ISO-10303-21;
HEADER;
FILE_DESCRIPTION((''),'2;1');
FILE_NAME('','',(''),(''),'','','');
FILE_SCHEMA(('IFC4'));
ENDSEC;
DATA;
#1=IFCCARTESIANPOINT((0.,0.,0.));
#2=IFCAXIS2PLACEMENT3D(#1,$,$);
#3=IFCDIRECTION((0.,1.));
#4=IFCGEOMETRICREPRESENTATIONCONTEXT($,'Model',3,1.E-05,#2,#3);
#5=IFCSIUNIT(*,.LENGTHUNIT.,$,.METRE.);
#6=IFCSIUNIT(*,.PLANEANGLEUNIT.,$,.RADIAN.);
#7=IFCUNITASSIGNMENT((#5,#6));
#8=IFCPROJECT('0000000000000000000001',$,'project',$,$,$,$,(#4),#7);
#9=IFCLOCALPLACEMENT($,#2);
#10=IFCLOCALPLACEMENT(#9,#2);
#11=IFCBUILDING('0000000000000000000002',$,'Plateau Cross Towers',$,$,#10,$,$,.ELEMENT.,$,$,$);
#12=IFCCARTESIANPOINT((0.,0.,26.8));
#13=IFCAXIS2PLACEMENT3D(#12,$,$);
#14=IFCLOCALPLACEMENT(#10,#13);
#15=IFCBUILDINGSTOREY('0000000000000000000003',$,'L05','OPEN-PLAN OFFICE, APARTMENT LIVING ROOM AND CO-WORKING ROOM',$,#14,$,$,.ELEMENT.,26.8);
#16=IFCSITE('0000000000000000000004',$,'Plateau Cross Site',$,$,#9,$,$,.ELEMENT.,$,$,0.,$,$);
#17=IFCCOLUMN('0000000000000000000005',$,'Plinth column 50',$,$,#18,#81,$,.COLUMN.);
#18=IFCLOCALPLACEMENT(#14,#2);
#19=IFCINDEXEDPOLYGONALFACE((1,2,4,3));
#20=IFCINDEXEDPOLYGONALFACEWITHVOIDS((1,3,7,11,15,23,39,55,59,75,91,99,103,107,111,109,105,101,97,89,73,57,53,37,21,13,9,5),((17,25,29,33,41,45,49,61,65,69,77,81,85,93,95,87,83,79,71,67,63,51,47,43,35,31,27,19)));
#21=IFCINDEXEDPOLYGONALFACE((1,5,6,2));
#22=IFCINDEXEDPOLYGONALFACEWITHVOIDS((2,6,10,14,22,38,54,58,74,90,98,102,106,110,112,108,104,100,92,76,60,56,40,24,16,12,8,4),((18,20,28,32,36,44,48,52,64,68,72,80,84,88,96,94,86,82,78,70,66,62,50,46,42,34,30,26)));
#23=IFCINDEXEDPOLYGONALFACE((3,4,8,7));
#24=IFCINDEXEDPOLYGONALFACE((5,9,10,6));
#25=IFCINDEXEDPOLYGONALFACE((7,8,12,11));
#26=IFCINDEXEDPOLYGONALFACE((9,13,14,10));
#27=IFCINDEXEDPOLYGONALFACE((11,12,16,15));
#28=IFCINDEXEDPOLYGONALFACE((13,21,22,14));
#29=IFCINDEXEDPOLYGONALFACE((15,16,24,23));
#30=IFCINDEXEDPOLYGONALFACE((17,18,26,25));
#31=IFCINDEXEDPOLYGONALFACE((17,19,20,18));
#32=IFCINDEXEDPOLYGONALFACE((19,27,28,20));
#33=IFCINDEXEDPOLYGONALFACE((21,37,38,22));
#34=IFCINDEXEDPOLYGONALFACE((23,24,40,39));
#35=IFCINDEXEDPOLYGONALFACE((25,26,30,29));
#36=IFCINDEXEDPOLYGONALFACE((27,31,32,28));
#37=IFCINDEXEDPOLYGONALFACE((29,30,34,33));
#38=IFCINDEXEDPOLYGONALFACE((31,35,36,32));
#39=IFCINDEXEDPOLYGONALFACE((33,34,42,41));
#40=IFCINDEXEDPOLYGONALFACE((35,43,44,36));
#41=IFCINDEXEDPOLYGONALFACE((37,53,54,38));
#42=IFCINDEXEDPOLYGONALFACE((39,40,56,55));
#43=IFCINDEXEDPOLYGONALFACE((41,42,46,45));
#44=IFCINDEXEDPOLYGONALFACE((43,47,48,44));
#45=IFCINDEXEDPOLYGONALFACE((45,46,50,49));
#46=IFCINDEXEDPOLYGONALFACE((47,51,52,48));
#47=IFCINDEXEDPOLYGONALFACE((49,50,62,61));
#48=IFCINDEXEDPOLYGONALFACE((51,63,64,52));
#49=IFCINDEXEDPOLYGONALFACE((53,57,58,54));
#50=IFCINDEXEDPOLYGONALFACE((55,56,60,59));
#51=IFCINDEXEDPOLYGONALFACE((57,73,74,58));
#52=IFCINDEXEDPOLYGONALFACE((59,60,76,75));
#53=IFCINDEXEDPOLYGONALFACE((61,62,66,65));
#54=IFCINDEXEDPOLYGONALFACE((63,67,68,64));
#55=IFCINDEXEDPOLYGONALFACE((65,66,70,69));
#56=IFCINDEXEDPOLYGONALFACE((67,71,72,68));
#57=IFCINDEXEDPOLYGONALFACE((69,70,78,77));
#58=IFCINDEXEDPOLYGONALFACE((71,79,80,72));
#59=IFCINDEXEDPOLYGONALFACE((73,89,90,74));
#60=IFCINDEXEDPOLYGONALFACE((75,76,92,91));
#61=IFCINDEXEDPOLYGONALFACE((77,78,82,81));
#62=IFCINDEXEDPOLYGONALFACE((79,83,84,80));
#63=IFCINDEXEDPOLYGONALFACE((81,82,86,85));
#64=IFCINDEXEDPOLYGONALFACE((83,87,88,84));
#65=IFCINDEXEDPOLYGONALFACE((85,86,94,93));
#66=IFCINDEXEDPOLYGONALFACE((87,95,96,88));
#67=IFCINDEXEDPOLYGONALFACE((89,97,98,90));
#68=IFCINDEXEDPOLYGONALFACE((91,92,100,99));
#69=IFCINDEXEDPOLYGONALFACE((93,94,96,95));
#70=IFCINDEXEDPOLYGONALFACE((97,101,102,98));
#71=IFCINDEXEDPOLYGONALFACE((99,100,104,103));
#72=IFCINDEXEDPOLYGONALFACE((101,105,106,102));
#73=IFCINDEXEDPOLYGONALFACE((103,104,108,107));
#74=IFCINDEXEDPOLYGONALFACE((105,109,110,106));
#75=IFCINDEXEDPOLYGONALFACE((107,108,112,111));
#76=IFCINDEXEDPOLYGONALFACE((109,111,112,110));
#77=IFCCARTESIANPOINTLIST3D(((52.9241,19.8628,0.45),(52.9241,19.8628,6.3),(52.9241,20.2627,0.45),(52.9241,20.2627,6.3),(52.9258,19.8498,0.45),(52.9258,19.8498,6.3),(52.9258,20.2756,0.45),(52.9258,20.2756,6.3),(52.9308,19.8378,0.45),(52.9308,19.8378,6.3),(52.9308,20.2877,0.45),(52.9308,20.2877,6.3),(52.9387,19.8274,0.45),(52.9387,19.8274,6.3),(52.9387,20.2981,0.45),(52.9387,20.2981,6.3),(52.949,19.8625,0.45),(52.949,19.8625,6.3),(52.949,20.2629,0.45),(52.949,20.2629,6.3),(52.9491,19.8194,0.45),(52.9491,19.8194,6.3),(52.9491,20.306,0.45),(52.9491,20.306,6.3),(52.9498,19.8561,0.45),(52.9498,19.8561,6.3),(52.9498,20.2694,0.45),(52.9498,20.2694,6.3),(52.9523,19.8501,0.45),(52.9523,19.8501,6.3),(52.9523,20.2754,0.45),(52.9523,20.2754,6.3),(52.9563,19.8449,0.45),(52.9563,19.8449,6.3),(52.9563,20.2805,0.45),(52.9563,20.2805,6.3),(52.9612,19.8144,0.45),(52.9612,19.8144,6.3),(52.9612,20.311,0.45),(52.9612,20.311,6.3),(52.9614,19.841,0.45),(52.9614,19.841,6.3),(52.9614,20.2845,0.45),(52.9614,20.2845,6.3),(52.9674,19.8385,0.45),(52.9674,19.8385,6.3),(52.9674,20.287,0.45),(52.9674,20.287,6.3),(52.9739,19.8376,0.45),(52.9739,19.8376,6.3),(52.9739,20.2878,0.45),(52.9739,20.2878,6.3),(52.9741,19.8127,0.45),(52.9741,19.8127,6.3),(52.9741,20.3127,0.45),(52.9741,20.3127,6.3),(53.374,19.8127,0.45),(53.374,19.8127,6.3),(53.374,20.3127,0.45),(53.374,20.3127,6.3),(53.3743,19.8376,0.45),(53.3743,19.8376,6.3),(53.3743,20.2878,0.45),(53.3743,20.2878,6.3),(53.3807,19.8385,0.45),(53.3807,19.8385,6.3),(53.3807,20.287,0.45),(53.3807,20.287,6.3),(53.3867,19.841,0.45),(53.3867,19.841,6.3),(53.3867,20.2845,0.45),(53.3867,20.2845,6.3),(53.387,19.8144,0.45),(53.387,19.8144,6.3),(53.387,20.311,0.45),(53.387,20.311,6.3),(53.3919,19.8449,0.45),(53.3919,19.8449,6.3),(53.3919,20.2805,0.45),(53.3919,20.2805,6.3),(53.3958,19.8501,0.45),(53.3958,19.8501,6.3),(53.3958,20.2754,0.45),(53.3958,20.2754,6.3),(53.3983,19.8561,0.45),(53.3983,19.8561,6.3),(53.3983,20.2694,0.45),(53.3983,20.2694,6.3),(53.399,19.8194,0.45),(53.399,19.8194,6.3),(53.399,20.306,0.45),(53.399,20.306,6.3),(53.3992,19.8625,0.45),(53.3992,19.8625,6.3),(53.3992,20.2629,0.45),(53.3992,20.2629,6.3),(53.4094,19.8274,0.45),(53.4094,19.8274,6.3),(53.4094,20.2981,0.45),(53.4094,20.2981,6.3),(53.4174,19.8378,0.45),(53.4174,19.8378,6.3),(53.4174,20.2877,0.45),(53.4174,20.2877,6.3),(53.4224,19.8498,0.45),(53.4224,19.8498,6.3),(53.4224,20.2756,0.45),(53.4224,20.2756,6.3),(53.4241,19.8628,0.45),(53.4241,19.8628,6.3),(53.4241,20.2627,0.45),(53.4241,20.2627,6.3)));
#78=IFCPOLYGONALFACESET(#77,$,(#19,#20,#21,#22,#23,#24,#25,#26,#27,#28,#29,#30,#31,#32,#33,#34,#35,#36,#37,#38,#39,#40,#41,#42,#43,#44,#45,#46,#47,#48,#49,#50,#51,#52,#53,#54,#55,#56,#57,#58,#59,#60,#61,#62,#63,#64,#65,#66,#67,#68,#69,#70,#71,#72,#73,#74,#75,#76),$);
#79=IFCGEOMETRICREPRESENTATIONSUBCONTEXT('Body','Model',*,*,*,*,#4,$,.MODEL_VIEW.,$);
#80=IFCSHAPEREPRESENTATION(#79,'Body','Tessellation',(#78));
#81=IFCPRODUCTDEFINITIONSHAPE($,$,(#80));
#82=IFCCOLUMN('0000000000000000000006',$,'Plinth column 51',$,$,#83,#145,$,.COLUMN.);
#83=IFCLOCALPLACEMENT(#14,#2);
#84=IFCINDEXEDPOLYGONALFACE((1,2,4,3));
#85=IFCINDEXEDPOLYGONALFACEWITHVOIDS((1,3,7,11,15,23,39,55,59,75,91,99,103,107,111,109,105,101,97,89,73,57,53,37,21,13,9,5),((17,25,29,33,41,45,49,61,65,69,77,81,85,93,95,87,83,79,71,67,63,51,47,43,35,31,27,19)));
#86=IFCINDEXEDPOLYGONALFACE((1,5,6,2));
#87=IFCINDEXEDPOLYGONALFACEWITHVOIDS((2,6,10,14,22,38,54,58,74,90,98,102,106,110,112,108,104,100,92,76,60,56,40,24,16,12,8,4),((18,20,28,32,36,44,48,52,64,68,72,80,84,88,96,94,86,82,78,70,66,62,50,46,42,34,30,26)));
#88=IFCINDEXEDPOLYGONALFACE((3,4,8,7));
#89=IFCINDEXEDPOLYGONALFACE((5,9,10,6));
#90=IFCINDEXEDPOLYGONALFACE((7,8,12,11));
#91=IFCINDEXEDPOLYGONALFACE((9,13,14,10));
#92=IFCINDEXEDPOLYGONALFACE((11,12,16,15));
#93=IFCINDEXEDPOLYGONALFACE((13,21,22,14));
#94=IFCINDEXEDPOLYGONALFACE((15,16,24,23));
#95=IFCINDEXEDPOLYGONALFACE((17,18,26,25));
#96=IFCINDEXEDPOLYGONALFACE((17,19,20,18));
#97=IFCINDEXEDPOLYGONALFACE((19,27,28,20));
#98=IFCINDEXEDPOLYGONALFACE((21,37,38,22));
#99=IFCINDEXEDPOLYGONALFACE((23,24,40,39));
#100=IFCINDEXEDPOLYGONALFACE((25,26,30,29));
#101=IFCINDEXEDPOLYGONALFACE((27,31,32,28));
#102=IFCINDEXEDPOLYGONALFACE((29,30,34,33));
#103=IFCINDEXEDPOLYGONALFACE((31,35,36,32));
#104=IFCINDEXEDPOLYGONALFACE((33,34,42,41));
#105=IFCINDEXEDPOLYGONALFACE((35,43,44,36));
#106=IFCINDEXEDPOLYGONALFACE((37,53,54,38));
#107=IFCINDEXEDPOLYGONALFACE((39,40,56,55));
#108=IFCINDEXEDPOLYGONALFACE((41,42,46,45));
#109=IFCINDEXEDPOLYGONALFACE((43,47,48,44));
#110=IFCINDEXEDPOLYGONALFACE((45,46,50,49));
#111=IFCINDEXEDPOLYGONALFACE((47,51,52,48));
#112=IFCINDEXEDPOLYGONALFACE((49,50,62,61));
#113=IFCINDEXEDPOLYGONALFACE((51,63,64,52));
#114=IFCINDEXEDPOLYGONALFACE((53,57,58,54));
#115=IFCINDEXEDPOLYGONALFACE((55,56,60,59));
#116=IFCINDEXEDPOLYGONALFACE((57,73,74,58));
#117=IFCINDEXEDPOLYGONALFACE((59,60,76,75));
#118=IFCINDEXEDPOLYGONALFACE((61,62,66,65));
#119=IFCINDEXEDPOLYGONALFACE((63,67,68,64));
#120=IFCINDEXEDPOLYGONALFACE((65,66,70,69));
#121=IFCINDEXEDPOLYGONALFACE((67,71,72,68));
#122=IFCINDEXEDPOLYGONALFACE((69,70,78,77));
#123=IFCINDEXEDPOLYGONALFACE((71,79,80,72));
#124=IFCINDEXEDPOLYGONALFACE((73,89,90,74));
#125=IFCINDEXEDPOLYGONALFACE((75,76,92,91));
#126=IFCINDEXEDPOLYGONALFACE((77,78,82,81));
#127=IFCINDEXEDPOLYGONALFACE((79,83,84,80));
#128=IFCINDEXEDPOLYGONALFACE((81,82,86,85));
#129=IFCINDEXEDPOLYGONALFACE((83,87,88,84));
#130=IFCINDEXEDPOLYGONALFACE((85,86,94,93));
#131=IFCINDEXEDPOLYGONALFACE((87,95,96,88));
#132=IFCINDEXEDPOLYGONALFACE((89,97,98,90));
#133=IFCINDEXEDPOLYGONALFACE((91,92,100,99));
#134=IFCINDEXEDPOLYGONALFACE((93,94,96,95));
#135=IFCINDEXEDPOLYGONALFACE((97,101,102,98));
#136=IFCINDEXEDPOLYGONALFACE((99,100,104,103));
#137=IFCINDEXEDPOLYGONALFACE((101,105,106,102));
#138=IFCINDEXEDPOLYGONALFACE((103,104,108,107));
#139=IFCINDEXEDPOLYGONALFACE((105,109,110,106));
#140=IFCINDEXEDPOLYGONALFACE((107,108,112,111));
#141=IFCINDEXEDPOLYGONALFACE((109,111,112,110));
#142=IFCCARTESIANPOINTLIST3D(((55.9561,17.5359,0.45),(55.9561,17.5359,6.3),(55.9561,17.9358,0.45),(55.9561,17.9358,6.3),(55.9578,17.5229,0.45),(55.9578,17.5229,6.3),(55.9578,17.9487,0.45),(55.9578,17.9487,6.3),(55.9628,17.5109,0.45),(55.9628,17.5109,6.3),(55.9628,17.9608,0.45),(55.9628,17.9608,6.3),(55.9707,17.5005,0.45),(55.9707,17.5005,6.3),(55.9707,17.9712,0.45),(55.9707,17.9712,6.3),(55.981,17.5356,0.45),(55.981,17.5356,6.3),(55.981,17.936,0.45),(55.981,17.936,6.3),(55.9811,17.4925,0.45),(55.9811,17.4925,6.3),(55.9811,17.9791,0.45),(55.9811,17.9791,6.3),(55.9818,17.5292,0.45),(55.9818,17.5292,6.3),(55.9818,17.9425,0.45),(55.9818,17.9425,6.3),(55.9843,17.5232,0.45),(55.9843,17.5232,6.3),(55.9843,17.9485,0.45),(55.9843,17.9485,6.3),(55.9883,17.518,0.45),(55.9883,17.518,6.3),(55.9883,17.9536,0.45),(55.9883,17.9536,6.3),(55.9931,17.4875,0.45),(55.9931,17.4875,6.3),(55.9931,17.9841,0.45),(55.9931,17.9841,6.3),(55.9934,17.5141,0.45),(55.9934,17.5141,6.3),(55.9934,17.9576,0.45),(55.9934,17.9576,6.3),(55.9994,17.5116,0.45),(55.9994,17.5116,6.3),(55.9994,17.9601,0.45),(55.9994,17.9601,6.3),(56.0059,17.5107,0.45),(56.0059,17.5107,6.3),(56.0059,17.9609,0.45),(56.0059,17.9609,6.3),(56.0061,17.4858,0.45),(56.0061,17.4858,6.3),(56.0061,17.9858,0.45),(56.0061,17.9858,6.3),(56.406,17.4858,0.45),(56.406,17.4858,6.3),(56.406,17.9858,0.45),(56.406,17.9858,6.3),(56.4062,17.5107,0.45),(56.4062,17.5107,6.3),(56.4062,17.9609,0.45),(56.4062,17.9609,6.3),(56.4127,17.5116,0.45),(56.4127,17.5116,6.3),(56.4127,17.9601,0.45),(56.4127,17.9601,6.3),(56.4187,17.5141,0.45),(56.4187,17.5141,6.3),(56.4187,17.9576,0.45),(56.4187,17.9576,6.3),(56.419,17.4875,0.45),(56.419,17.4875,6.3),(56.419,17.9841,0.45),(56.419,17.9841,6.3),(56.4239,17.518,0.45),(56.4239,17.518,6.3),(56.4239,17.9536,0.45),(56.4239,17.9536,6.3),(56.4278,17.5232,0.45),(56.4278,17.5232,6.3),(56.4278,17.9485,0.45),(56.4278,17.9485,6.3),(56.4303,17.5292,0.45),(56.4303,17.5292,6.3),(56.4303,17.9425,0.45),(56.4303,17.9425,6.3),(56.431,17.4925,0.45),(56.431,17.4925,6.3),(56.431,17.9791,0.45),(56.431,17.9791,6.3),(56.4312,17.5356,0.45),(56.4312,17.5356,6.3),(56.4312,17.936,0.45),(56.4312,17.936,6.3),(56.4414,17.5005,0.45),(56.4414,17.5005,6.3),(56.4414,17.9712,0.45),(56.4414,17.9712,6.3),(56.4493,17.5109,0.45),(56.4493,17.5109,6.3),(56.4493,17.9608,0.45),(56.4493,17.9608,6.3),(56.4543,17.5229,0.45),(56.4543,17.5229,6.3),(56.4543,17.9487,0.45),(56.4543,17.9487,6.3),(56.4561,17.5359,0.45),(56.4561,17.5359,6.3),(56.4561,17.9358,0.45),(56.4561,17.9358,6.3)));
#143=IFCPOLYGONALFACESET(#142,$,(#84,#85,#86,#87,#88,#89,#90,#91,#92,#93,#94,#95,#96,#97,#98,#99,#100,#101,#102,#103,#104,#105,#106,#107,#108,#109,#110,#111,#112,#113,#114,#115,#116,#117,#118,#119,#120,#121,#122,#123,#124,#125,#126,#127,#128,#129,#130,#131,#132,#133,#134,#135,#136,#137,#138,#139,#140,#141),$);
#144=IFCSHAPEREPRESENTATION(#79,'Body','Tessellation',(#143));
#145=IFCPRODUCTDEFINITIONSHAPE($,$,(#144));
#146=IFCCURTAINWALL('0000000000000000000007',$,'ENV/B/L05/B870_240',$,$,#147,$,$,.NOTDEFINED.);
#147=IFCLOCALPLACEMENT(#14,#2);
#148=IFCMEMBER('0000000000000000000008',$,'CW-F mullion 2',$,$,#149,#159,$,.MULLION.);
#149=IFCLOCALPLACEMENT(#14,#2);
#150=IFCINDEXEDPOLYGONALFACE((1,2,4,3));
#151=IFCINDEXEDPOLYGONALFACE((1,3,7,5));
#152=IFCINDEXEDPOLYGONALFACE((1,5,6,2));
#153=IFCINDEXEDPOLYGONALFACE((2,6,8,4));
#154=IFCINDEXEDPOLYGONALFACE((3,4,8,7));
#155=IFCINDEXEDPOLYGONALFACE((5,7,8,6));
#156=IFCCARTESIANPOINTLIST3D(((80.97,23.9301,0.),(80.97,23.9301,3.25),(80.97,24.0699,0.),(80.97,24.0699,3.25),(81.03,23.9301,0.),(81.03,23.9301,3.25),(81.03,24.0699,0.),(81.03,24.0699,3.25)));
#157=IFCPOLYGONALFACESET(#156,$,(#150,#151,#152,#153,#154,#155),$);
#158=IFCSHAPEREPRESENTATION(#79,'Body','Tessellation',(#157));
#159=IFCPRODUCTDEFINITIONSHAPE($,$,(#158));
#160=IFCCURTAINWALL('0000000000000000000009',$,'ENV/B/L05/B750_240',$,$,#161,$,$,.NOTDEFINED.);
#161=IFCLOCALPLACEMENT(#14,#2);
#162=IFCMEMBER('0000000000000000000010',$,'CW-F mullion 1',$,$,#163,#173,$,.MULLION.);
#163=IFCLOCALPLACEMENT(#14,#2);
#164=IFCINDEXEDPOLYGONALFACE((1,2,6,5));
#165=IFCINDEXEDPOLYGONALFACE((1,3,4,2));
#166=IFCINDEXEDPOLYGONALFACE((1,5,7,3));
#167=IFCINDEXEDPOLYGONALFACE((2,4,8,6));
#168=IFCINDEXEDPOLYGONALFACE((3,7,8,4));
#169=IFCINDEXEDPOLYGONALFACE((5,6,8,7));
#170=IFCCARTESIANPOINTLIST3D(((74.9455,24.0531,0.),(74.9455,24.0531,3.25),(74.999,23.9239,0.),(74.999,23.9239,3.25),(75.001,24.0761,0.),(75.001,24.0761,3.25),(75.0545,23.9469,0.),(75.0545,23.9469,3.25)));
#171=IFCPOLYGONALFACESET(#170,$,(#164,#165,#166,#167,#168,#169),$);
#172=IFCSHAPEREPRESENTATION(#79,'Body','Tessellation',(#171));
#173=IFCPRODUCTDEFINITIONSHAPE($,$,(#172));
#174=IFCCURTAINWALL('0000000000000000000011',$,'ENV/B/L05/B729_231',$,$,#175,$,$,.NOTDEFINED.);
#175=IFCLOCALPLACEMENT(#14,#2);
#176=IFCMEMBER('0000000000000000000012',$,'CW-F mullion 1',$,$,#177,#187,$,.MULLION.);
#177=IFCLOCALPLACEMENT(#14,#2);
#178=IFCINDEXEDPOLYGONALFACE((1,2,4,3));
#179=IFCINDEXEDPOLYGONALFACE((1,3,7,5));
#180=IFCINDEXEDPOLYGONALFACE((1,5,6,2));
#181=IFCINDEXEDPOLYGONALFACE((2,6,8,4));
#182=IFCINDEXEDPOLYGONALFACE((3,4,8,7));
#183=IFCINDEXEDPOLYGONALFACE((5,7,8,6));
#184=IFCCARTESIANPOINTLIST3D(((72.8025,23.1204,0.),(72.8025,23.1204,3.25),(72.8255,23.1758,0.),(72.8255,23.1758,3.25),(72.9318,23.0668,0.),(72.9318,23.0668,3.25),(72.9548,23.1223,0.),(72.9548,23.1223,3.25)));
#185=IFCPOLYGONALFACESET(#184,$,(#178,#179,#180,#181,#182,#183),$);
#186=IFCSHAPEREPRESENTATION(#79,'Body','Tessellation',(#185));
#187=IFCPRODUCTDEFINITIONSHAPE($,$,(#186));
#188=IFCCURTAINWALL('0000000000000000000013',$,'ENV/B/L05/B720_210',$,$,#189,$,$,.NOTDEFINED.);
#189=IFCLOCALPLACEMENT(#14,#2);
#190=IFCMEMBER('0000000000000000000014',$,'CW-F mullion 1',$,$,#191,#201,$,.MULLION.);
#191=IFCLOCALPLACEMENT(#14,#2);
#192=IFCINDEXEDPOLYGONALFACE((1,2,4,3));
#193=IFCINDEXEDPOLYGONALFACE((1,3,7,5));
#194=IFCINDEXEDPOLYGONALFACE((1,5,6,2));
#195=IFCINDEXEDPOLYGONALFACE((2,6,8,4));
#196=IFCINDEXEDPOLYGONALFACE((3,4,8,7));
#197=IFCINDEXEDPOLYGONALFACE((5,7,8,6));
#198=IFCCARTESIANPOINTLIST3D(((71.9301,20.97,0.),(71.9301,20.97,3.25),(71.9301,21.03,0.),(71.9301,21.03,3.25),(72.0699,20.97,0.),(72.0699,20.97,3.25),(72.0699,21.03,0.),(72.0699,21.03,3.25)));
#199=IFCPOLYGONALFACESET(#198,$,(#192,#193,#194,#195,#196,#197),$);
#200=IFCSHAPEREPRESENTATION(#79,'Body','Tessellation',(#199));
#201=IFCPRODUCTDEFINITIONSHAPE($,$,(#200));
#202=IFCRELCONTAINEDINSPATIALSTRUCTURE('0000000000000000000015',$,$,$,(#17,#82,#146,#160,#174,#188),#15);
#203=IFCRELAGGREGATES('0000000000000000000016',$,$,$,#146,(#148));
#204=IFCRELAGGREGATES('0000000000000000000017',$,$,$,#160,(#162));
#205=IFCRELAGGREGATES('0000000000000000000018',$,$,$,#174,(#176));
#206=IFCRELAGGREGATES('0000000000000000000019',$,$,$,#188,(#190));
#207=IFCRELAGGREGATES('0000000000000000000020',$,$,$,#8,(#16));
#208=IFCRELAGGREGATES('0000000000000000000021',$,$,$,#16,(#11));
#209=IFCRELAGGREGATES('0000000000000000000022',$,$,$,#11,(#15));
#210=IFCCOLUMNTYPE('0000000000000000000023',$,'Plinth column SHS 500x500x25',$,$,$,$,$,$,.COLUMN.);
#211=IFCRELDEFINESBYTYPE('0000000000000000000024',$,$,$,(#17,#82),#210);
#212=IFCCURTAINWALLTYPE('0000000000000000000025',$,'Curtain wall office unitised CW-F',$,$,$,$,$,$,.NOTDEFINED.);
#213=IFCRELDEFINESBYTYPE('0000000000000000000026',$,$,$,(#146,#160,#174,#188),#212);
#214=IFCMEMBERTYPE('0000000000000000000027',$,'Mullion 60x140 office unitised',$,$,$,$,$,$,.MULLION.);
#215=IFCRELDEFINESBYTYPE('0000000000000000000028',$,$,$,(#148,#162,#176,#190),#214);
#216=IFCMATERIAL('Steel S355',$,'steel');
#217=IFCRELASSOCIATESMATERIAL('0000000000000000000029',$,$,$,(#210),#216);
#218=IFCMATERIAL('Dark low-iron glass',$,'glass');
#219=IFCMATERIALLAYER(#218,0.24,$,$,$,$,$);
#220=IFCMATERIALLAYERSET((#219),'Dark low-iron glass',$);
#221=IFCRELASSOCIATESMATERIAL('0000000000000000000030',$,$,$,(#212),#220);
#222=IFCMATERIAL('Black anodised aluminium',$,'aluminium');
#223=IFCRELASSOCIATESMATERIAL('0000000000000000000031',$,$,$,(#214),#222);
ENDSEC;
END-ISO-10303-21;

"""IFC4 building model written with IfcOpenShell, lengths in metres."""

from ifc_helpers import new_model, si_unit, direction, frame, origin, origin_2d, place, context, subcontext, project, spatial, rectangle, hollow_rectangle, extrude, material, layer, layer_set, material_profile, profile_set, type_object, element, aggregate, save


model = new_model("IFC4")

# Units and contexts
model_context = context("Model", 3, precision=1e-05, world=origin(), true_north=direction((0.0, 1.0)))
body_context = subcontext(model_context, "Body", "Model", "MODEL_VIEW")
ifc_project = project(units=[si_unit("LENGTHUNIT", "METRE"), si_unit("PLANEANGLEUNIT", "RADIAN")], contexts=[model_context])

# Site, building, storey
site_placement = place(None, origin())
site = spatial("IfcSite", under=ifc_project, at=site_placement, Name="Plateau Cross Site", CompositionType="ELEMENT", RefElevation=0.0)
building_placement = place(site_placement, origin())
building = spatial("IfcBuilding", under=site, at=building_placement, Name="Plateau Cross Towers", CompositionType="ELEMENT")
storey_placement = place(building_placement, frame((0.0, 0.0, 26.8)))
storey = spatial("IfcBuildingStorey", under=building, at=storey_placement, Name="L05", Description="OPEN-PLAN OFFICE, APARTMENT LIVING ROOM AND CO-WORKING ROOM", CompositionType="ELEMENT", Elevation=26.8)

# Columns
ifc_material_1 = material(Name="Steel S355", Category="steel")
ifc_material_profile_1 = material_profile(ifc_material_1, hollow_rectangle(XDim=0.5, YDim=0.5, WallThickness=0.0249, InnerFilletRadius=0.0249, OuterFilletRadius=0.05, at=origin_2d()), Name="SHS 500x500x25")
ifc_profile_set_1 = profile_set([ifc_material_profile_1], Name="Steel S355")
column_type_1 = type_object("IfcColumnType", Name="Plinth column SHS 500x500x25", PredefinedType="COLUMN", material=ifc_profile_set_1)
for number, where, z_axis, x_axis, name in (
    (1, (53.1741, 20.0627, 0.45), (0.0, 0.0, 1.0), (1.0, 0.0, 0.0), "Plinth column 50"),
    (2, (56.2061, 17.7358, 0.45), (0.0, 0.0, 1.0), (1.0, 0.0, 0.0), "Plinth column 51"),
):
    element("IfcColumn", number, at=place(storey_placement, frame(where, z_axis=z_axis, x_axis=x_axis)), inside=storey, type_object=column_type_1, Name=name, PredefinedType="COLUMN", context=body_context, shape_type="SweptSolid", body=[
        extrude(hollow_rectangle(XDim=0.5, YDim=0.5, WallThickness=0.0249, InnerFilletRadius=0.0249, OuterFilletRadius=0.05, at=origin_2d()), origin(), (0.0, 0.0, 1.0), 5.8501),
    ])

# Curtain walls, members
ifc_material_2 = material(Name="Dark low-iron glass", Category="glass")
ifc_layer_1 = layer(ifc_material_2, 0.24)
ifc_layer_set_1 = layer_set([ifc_layer_1], Name="Dark low-iron glass")
curtain_wall_type = type_object("IfcCurtainWallType", Name="Curtain wall office unitised CW-F", PredefinedType="NOTDEFINED", material=ifc_layer_set_1)
curtain_wall_1_placement = place(storey_placement, origin())
curtain_wall_1 = element("IfcCurtainWall", 3, at=curtain_wall_1_placement, inside=storey, type_object=curtain_wall_type, Name="ENV/B/L05/B870_240", PredefinedType="NOTDEFINED")
ifc_material_3 = material(Name="Black anodised aluminium", Category="aluminium")
ifc_material_profile_2 = material_profile(ifc_material_3, rectangle(XDim=0.0601, YDim=0.1399, at=origin_2d()), Name="MULLION 60x140")
ifc_profile_set_2 = profile_set([ifc_material_profile_2], Name="Black anodised aluminium")
member_type_1 = type_object("IfcMemberType", Name="Mullion 60x140 office unitised", PredefinedType="MULLION", material=ifc_profile_set_2)
member_1_placement = place(storey_placement, frame((81.0, 24.0, 0.0), z_axis=(0.0, 0.0, 1.0), x_axis=(-1.0, 0.0, 0.0)))
member_1 = element("IfcMember", 4, at=member_1_placement, type_object=member_type_1, Name="CW-F mullion 2", PredefinedType="MULLION", context=body_context, shape_type="SweptSolid", body=[
    extrude(rectangle(XDim=0.0601, YDim=0.1399, at=origin_2d()), origin(), (0.0, 0.0, 1.0), 3.25),
])
curtain_wall_2_placement = place(storey_placement, origin())
curtain_wall_2 = element("IfcCurtainWall", 5, at=curtain_wall_2_placement, inside=storey, type_object=curtain_wall_type, Name="ENV/B/L05/B750_240", PredefinedType="NOTDEFINED")
member_2_placement = place(storey_placement, frame((75.0, 24.0, 0.0), z_axis=(0.0, 0.0, 1.0), x_axis=(-0.923879, -0.382684, 0.0)))
member_2 = element("IfcMember", 6, at=member_2_placement, type_object=member_type_1, Name="CW-F mullion 1", PredefinedType="MULLION", context=body_context, shape_type="SweptSolid", body=[
    extrude(rectangle(XDim=0.0601, YDim=0.1399, at=origin_2d()), origin(), (0.0, 0.0, 1.0), 3.25),
])
curtain_wall_3_placement = place(storey_placement, origin())
curtain_wall_3 = element("IfcCurtainWall", 7, at=curtain_wall_3_placement, inside=storey, type_object=curtain_wall_type, Name="ENV/B/L05/B729_231", PredefinedType="NOTDEFINED")
member_3_placement = place(storey_placement, frame((72.8787, 23.1213, 0.0), z_axis=(0.0, 0.0, 1.0), x_axis=(-0.382684, -0.923879, 0.0)))
member_3 = element("IfcMember", 8, at=member_3_placement, type_object=member_type_1, Name="CW-F mullion 1", PredefinedType="MULLION", context=body_context, shape_type="SweptSolid", body=[
    extrude(rectangle(XDim=0.0601, YDim=0.1399, at=origin_2d()), origin(), (0.0, 0.0, 1.0), 3.25),
])
curtain_wall_4_placement = place(storey_placement, origin())
curtain_wall_4 = element("IfcCurtainWall", 9, at=curtain_wall_4_placement, inside=storey, type_object=curtain_wall_type, Name="ENV/B/L05/B720_210", PredefinedType="NOTDEFINED")
member_4_placement = place(storey_placement, frame((72.0, 21.0, 0.0), z_axis=(0.0, 0.0, 1.0), x_axis=(0.0, -1.0, 0.0)))
member_4 = element("IfcMember", 10, at=member_4_placement, type_object=member_type_1, Name="CW-F mullion 1", PredefinedType="MULLION", context=body_context, shape_type="SweptSolid", body=[
    extrude(rectangle(XDim=0.0601, YDim=0.1399, at=origin_2d()), origin(), (0.0, 0.0, 1.0), 3.25),
])

aggregate(curtain_wall_1, [member_1])
aggregate(curtain_wall_2, [member_2])
aggregate(curtain_wall_3, [member_3])
aggregate(curtain_wall_4, [member_4])

save(model, "model.ifc")
